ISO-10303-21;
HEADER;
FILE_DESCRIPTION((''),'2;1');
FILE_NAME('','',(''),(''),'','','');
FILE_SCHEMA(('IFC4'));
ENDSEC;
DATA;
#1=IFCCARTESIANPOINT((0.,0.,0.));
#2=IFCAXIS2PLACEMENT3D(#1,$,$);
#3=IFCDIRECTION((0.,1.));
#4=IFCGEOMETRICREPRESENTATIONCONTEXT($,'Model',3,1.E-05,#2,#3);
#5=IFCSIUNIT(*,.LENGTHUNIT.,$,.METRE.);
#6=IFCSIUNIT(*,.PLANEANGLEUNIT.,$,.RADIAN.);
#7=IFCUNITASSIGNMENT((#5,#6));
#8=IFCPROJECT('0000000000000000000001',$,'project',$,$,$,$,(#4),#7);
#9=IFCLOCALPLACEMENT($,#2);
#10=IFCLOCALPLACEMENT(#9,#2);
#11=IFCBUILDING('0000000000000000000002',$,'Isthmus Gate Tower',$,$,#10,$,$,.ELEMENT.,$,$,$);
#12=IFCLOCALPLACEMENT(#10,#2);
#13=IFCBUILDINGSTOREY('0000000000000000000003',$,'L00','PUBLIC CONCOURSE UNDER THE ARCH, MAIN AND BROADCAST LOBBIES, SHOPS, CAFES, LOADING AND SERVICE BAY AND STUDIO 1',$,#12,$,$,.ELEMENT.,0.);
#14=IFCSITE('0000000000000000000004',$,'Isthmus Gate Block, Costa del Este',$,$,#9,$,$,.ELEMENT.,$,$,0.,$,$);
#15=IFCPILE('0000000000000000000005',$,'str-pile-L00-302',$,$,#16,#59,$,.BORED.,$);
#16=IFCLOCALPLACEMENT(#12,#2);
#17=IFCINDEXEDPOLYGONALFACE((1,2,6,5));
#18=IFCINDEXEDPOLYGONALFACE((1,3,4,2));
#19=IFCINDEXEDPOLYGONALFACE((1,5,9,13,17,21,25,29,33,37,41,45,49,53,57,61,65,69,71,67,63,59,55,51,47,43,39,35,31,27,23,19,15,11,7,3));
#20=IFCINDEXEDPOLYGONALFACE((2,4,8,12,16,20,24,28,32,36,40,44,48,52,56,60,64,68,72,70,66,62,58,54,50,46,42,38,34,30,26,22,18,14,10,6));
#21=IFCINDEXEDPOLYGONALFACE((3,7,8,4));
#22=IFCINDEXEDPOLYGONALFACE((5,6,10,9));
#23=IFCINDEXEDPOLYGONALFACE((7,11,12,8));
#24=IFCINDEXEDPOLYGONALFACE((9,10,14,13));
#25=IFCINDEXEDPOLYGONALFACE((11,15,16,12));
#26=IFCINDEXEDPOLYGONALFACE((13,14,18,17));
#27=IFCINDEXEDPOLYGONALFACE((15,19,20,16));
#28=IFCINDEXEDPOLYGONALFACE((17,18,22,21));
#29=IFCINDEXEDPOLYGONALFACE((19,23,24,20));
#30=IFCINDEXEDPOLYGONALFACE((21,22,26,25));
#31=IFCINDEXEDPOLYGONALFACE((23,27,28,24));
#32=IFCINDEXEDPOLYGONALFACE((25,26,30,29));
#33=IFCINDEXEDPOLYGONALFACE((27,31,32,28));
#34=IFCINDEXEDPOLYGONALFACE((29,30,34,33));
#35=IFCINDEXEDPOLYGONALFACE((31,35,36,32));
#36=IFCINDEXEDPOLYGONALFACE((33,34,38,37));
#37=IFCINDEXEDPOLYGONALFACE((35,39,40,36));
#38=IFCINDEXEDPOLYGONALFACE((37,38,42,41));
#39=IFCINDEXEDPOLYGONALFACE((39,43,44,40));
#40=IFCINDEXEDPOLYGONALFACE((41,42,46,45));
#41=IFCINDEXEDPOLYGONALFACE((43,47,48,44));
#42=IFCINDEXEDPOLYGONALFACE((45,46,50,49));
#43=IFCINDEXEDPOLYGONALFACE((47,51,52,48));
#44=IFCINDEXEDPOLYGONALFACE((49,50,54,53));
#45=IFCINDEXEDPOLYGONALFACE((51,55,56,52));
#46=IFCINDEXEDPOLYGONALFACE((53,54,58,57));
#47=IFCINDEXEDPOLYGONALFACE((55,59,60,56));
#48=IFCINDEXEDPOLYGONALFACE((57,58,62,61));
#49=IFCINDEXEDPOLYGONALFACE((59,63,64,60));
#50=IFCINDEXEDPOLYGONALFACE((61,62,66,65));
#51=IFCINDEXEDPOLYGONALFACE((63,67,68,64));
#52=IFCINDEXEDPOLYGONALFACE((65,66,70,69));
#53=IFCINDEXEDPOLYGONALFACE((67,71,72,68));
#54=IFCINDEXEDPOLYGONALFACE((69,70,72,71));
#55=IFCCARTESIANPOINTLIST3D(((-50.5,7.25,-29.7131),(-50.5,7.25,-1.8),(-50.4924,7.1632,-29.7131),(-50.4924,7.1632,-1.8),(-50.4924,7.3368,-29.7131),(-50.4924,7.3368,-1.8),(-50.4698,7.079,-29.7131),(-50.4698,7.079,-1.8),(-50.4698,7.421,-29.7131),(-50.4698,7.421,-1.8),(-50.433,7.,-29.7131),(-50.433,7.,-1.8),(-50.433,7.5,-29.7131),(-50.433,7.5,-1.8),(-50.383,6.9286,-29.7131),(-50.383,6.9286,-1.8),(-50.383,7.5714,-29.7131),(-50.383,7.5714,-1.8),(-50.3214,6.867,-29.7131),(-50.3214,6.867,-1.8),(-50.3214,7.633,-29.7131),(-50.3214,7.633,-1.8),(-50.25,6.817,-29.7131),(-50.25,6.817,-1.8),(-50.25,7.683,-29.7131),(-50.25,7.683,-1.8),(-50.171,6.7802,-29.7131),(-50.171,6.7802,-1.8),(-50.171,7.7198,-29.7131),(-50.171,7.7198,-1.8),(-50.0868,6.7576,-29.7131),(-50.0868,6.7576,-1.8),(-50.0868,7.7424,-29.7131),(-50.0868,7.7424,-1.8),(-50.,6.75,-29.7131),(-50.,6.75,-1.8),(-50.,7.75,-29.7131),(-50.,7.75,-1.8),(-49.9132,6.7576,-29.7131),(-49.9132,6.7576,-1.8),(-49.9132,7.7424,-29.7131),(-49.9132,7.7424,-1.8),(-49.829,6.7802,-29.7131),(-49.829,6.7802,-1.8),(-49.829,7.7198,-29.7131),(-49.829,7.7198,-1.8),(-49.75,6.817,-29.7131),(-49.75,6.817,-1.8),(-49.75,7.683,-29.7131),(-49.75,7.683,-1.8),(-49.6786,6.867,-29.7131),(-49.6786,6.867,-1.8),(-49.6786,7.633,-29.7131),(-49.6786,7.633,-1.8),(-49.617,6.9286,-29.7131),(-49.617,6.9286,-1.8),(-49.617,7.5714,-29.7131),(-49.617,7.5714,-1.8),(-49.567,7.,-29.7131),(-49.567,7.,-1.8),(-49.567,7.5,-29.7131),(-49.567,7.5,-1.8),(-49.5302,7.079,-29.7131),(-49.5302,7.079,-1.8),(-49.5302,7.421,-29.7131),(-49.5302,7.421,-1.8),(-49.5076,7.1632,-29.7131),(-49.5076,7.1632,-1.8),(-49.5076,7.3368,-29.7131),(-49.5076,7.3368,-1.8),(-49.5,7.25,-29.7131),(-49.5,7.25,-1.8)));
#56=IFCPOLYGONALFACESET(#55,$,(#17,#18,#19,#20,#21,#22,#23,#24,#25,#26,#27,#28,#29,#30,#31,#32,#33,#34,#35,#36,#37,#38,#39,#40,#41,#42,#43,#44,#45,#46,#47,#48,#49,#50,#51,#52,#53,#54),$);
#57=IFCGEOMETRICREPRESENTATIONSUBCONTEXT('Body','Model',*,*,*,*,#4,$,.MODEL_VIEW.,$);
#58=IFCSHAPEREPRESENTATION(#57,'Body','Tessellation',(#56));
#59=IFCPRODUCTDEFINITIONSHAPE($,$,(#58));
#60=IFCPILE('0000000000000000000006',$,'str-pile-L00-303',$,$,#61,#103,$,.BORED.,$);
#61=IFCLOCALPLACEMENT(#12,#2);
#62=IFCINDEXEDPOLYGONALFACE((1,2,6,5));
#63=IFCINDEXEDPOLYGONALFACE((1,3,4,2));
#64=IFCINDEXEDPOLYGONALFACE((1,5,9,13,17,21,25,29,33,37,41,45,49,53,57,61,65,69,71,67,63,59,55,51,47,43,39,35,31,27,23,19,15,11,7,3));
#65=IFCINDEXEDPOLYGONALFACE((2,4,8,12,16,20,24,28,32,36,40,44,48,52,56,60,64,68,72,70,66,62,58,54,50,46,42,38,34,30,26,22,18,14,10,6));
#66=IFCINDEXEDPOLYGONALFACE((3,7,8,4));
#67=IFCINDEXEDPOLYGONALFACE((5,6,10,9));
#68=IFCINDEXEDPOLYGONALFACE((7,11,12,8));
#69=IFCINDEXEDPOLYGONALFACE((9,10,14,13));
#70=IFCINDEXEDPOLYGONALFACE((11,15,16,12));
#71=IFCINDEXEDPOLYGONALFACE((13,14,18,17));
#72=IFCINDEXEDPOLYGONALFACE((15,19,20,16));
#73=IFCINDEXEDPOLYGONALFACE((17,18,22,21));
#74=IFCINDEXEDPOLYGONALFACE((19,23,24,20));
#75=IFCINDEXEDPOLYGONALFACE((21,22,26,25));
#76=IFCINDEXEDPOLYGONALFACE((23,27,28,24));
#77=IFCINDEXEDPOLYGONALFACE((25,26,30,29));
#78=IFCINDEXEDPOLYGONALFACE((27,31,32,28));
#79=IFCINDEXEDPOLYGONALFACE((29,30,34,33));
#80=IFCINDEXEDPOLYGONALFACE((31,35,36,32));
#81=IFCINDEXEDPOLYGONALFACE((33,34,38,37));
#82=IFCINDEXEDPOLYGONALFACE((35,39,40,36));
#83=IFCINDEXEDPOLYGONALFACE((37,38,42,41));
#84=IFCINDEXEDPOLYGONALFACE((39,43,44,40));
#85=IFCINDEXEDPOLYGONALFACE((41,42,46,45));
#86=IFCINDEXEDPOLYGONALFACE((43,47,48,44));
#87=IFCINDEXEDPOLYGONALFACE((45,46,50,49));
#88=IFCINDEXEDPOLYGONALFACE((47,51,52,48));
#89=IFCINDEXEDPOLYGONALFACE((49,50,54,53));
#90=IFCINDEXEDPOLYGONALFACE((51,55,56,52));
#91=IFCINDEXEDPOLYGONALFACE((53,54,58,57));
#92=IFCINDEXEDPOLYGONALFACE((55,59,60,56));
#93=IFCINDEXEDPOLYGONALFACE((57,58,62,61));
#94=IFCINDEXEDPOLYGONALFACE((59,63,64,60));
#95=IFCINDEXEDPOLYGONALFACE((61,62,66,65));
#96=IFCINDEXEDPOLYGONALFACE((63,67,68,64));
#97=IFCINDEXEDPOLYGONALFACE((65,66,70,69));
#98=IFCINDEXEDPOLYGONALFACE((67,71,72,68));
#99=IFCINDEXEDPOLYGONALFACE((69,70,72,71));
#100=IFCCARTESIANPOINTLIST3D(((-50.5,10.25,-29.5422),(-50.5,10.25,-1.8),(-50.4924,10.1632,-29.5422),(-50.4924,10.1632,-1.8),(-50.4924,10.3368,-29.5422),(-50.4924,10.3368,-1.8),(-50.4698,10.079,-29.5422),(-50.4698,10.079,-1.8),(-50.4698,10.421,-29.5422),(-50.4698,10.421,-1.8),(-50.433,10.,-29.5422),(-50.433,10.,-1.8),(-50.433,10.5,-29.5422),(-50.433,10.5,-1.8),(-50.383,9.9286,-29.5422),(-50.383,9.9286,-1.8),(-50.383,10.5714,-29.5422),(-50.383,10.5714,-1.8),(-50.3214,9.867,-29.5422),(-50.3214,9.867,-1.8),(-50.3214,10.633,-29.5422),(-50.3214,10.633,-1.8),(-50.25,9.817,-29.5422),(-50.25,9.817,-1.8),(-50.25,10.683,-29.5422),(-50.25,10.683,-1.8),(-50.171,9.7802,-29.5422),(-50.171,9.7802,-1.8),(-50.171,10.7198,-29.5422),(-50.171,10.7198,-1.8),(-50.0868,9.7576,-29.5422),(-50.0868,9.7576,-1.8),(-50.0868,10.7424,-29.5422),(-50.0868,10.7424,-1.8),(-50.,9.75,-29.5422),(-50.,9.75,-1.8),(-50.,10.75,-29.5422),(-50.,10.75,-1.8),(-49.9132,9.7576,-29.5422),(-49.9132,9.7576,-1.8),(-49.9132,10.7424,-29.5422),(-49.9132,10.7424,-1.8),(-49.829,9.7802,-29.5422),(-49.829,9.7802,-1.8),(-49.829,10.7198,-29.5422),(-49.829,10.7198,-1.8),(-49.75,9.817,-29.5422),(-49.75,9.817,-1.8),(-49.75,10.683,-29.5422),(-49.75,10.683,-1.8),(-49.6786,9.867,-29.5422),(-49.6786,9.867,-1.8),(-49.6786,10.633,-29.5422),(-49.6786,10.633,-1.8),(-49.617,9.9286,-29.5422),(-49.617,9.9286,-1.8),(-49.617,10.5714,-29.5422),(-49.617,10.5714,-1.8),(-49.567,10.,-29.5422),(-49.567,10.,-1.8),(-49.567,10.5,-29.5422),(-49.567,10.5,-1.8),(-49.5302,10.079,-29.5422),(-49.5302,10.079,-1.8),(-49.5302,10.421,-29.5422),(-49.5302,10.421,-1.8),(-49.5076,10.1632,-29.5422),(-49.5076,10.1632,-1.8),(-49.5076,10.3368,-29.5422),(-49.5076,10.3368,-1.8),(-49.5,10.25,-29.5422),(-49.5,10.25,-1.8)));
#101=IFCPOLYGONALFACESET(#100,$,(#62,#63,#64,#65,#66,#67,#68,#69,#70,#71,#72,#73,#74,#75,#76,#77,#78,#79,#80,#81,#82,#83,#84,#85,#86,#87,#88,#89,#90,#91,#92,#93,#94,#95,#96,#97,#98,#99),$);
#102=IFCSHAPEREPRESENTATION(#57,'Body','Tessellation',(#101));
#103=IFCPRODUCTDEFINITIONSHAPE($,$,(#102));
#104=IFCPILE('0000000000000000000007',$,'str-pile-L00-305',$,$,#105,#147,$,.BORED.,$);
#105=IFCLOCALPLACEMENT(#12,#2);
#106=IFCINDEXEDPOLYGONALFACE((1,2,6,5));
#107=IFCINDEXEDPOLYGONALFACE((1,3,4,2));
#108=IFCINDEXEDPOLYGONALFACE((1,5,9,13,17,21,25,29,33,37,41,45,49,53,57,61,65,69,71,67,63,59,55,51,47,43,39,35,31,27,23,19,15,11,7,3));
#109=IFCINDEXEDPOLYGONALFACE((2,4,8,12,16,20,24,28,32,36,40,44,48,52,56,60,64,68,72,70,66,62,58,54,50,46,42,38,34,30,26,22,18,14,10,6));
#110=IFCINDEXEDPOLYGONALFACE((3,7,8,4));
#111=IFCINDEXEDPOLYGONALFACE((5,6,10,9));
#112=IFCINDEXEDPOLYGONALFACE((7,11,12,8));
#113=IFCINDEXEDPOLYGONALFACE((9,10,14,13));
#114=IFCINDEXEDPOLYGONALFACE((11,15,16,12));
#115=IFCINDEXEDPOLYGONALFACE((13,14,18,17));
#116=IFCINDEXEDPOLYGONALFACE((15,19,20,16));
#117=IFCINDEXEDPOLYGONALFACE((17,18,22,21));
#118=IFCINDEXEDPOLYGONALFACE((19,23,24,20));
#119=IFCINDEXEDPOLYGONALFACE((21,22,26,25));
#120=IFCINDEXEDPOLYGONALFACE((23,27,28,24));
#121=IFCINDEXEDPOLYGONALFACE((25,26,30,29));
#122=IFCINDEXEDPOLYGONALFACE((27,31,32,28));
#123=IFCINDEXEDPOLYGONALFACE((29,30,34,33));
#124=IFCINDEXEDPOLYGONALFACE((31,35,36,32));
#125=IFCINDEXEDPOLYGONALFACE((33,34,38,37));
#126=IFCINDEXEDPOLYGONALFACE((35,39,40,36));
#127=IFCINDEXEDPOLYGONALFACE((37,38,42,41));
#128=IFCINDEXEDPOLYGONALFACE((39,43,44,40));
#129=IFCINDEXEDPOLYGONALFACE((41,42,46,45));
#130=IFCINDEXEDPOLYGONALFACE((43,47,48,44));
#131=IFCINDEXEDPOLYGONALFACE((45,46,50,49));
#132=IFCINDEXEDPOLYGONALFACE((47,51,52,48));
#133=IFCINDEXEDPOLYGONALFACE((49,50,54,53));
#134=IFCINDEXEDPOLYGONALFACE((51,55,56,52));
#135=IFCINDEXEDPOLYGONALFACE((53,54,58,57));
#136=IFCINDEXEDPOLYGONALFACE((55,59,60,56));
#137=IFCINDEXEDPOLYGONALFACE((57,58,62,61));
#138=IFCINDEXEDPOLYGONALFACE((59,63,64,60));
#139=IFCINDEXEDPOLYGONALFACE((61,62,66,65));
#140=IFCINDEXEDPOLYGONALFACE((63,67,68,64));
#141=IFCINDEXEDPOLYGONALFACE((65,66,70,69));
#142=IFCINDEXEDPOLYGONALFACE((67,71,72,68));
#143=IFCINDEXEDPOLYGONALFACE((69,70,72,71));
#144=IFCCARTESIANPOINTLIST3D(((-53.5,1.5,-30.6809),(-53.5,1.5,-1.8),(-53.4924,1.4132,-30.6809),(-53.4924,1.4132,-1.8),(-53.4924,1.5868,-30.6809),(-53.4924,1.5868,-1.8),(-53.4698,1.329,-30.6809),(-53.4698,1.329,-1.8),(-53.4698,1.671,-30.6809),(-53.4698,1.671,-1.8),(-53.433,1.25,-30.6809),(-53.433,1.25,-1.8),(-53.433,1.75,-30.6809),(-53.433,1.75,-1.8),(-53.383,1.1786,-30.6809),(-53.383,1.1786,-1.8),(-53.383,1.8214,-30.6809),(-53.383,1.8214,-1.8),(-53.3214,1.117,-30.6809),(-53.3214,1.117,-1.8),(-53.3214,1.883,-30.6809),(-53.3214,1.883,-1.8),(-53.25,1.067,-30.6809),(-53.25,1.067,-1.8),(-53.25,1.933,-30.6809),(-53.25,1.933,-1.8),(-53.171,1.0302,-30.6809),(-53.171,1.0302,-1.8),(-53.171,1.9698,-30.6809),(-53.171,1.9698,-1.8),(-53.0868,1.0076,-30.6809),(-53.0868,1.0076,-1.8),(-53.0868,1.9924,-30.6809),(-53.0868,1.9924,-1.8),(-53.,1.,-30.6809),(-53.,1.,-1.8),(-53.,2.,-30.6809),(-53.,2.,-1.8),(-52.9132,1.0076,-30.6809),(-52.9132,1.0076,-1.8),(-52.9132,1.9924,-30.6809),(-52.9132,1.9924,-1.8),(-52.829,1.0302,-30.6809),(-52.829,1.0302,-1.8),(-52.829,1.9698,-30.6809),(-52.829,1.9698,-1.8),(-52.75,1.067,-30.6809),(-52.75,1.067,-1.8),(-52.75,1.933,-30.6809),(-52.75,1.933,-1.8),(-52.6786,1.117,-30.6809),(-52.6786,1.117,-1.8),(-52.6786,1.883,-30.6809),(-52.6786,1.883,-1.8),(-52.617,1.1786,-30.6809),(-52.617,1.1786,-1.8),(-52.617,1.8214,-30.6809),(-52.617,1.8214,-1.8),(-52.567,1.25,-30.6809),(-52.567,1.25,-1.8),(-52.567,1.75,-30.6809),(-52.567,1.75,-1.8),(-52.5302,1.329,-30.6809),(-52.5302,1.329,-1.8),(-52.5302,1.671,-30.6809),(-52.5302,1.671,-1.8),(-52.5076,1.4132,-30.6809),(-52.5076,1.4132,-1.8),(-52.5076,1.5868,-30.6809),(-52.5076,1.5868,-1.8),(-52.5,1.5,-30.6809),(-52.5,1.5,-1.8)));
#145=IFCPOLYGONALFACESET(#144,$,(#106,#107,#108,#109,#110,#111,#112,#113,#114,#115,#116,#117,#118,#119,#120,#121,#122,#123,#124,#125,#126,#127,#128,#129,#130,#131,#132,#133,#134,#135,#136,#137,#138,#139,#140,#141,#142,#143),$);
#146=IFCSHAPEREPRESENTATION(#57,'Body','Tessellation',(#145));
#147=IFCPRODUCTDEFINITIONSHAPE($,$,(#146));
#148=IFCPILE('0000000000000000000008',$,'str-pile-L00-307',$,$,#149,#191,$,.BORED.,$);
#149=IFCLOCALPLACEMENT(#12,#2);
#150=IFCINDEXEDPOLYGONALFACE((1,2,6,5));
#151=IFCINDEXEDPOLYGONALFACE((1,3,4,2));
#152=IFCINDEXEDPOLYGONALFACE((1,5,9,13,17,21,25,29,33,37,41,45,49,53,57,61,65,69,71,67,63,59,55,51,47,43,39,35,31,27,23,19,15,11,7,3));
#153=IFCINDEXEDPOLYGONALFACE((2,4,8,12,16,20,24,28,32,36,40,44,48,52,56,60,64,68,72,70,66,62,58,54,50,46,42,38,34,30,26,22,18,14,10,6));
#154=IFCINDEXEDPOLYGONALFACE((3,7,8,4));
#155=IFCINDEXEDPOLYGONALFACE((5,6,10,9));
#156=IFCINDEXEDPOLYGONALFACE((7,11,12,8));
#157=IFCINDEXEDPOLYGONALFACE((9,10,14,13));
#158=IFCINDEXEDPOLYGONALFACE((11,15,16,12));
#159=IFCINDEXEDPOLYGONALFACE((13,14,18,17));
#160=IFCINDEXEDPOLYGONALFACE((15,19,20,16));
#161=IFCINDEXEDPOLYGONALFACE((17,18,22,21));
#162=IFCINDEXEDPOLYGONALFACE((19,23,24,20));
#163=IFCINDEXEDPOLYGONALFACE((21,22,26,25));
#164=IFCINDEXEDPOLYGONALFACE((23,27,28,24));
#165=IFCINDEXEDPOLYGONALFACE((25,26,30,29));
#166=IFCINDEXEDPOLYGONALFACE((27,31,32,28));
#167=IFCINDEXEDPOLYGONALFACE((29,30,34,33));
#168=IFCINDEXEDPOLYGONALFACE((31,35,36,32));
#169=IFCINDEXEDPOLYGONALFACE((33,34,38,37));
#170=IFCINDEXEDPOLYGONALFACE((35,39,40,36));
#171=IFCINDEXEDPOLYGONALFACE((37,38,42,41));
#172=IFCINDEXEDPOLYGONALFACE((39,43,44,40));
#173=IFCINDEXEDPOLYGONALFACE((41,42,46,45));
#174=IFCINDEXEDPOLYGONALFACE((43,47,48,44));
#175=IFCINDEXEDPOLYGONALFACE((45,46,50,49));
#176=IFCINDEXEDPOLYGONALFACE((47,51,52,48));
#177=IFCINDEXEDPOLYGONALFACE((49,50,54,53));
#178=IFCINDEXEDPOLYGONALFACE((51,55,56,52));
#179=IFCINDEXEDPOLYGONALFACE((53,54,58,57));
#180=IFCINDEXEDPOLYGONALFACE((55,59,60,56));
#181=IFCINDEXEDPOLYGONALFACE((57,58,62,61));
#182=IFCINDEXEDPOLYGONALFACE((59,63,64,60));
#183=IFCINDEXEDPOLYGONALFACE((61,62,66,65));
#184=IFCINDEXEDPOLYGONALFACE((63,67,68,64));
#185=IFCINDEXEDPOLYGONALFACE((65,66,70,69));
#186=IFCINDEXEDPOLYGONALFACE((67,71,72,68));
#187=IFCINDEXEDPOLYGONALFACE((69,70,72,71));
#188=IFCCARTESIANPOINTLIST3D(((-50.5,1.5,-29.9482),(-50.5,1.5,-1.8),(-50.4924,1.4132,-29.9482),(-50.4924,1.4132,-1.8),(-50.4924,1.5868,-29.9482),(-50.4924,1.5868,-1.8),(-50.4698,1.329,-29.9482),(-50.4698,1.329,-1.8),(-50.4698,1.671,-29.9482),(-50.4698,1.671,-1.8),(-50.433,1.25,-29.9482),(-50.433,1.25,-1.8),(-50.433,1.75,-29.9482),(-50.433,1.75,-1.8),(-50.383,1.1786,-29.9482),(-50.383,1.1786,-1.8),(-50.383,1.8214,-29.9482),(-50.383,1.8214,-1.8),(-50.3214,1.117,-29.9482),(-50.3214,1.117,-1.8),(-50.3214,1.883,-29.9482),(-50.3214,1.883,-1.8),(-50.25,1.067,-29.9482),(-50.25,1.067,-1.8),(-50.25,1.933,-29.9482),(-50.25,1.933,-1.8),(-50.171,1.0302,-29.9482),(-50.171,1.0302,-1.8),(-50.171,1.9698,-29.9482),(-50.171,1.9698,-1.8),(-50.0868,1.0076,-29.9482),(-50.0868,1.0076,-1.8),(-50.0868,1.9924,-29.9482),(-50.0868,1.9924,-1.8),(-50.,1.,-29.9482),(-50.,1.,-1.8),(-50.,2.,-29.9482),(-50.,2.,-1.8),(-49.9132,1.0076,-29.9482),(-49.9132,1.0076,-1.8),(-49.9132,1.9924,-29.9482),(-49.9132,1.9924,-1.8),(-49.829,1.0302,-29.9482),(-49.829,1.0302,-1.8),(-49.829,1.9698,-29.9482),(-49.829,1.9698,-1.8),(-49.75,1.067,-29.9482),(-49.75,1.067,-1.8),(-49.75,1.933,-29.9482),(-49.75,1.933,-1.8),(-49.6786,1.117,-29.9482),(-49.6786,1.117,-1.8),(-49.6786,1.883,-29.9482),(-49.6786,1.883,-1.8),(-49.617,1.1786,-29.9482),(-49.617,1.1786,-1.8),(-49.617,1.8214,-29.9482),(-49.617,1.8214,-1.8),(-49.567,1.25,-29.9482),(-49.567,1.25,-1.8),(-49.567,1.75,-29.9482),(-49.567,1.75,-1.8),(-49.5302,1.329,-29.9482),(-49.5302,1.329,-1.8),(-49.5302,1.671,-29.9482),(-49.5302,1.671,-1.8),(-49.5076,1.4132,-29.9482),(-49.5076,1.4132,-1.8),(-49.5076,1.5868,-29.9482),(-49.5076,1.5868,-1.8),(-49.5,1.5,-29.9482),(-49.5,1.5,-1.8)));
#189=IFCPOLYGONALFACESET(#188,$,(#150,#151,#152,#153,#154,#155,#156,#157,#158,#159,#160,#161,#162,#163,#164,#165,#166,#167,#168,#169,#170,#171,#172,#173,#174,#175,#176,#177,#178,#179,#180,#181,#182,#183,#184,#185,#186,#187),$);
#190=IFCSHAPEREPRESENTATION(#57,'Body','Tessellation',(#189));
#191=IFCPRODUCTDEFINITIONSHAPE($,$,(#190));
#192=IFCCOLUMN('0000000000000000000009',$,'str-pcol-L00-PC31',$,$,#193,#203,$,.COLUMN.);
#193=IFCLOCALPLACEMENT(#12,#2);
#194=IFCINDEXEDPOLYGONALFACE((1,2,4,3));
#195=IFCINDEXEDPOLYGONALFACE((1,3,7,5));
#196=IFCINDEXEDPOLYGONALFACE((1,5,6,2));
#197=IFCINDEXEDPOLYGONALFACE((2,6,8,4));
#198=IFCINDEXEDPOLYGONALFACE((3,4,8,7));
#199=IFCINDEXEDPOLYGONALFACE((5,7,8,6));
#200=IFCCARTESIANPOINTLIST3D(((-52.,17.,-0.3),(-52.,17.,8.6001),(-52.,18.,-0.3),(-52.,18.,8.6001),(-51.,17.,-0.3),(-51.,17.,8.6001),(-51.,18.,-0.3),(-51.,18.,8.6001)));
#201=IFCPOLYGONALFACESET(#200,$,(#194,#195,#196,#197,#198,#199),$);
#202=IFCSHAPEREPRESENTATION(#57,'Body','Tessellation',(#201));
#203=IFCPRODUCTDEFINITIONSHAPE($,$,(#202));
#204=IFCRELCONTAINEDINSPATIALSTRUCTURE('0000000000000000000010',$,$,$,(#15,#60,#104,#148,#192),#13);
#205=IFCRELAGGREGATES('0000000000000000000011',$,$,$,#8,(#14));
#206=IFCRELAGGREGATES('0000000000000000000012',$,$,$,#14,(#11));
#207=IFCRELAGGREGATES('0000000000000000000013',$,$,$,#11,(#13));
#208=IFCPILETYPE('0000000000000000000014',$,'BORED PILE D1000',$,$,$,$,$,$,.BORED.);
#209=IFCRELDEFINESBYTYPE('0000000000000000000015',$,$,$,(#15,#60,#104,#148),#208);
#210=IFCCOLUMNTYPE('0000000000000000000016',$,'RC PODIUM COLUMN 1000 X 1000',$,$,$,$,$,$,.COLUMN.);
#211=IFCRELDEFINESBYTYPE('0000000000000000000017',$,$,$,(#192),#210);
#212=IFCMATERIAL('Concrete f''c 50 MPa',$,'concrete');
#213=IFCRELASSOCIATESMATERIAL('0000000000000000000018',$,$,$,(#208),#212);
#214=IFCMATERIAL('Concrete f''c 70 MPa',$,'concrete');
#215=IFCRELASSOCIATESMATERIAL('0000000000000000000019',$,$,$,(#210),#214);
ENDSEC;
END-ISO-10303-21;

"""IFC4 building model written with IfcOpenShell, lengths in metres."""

from ifc_helpers import new_model, si_unit, direction, frame, origin, origin_2d, place, context, subcontext, project, spatial, rectangle, circle, extrude, material, material_profile, profile_set, type_object, element, save


model = new_model("IFC4")

# Units and contexts
model_context = context("Model", 3, precision=1e-05, world=origin(), true_north=direction((0.0, 1.0)))
body_context = subcontext(model_context, "Body", "Model", "MODEL_VIEW")
ifc_project = project(units=[si_unit("LENGTHUNIT", "METRE"), si_unit("PLANEANGLEUNIT", "RADIAN")], contexts=[model_context])

# Site, building, storey
site_placement = place(None, origin())
site = spatial("IfcSite", under=ifc_project, at=site_placement, Name="Isthmus Gate Block, Costa del Este", CompositionType="ELEMENT", RefElevation=0.0)
building_placement = place(site_placement, origin())
building = spatial("IfcBuilding", under=site, at=building_placement, Name="Isthmus Gate Tower", CompositionType="ELEMENT")
storey_placement = place(building_placement, origin())
storey = spatial("IfcBuildingStorey", under=building, at=storey_placement, Name="L00", Description="PUBLIC CONCOURSE UNDER THE ARCH, MAIN AND BROADCAST LOBBIES, SHOPS, CAFES, LOADING AND SERVICE BAY AND STUDIO 1", CompositionType="ELEMENT", Elevation=0.0)

# Piles
ifc_material_1 = material(Name="Concrete f'c 50 MPa", Category="concrete")
ifc_material_profile_1 = material_profile(ifc_material_1, circle(Radius=0.5, at=origin_2d()), Name="D1000")
ifc_profile_set_1 = profile_set([ifc_material_profile_1], Name="Concrete f'c 50 MPa")
pile_type = type_object("IfcPileType", Name="BORED PILE D1000", PredefinedType="BORED", material=ifc_profile_set_1)
pile_1_placement = place(storey_placement, frame((-50.0, 7.25, -1.8), z_axis=(0.0, 0.0, -1.0), x_axis=(1.0, 0.0, 0.0)))
element("IfcPile", 1, at=pile_1_placement, inside=storey, type_object=pile_type, Name="str-pile-L00-302", PredefinedType="BORED", context=body_context, shape_type="SweptSolid", body=[
    extrude(circle(Radius=0.5, at=origin_2d()), origin(), (0.0, 0.0, 1.0), 27.9131),
])
pile_2_placement = place(storey_placement, frame((-50.0, 10.25, -1.8), z_axis=(0.0, 0.0, -1.0), x_axis=(1.0, 0.0, 0.0)))
element("IfcPile", 2, at=pile_2_placement, inside=storey, type_object=pile_type, Name="str-pile-L00-303", PredefinedType="BORED", context=body_context, shape_type="SweptSolid", body=[
    extrude(circle(Radius=0.5, at=origin_2d()), origin(), (0.0, 0.0, 1.0), 27.7422),
])
pile_3_placement = place(storey_placement, frame((-53.0, 1.5, -1.8), z_axis=(0.0, 0.0, -1.0), x_axis=(1.0, 0.0, 0.0)))
element("IfcPile", 3, at=pile_3_placement, inside=storey, type_object=pile_type, Name="str-pile-L00-305", PredefinedType="BORED", context=body_context, shape_type="SweptSolid", body=[
    extrude(circle(Radius=0.5, at=origin_2d()), origin(), (0.0, 0.0, 1.0), 28.8809),
])
pile_4_placement = place(storey_placement, frame((-50.0, 1.5, -1.8), z_axis=(0.0, 0.0, -1.0), x_axis=(1.0, 0.0, 0.0)))
element("IfcPile", 4, at=pile_4_placement, inside=storey, type_object=pile_type, Name="str-pile-L00-307", PredefinedType="BORED", context=body_context, shape_type="SweptSolid", body=[
    extrude(circle(Radius=0.5, at=origin_2d()), origin(), (0.0, 0.0, 1.0), 28.1482),
])

# Column
ifc_material_2 = material(Name="Concrete f'c 70 MPa", Category="concrete")
ifc_material_profile_2 = material_profile(ifc_material_2, rectangle(XDim=1.0, YDim=1.0, at=origin_2d()), Name="RC 1000X1000")
ifc_profile_set_2 = profile_set([ifc_material_profile_2], Name="Concrete f'c 70 MPa")
column_type = type_object("IfcColumnType", Name="RC PODIUM COLUMN 1000 X 1000", PredefinedType="COLUMN", material=ifc_profile_set_2)
for number, where, z_axis, x_axis, name in (
    (5, (-51.5, 17.5, -0.3), (0.0, 0.0, 1.0), (0.0, -1.0, 0.0), "str-pcol-L00-PC31"),
):
    element("IfcColumn", number, at=place(storey_placement, frame(where, z_axis=z_axis, x_axis=x_axis)), inside=storey, type_object=column_type, Name=name, PredefinedType="COLUMN", context=body_context, shape_type="SweptSolid", body=[
        extrude(rectangle(XDim=1.0, YDim=1.0, at=origin_2d()), origin(), (0.0, 0.0, 1.0), 8.9001),
    ])

save(model, "model.ifc")
